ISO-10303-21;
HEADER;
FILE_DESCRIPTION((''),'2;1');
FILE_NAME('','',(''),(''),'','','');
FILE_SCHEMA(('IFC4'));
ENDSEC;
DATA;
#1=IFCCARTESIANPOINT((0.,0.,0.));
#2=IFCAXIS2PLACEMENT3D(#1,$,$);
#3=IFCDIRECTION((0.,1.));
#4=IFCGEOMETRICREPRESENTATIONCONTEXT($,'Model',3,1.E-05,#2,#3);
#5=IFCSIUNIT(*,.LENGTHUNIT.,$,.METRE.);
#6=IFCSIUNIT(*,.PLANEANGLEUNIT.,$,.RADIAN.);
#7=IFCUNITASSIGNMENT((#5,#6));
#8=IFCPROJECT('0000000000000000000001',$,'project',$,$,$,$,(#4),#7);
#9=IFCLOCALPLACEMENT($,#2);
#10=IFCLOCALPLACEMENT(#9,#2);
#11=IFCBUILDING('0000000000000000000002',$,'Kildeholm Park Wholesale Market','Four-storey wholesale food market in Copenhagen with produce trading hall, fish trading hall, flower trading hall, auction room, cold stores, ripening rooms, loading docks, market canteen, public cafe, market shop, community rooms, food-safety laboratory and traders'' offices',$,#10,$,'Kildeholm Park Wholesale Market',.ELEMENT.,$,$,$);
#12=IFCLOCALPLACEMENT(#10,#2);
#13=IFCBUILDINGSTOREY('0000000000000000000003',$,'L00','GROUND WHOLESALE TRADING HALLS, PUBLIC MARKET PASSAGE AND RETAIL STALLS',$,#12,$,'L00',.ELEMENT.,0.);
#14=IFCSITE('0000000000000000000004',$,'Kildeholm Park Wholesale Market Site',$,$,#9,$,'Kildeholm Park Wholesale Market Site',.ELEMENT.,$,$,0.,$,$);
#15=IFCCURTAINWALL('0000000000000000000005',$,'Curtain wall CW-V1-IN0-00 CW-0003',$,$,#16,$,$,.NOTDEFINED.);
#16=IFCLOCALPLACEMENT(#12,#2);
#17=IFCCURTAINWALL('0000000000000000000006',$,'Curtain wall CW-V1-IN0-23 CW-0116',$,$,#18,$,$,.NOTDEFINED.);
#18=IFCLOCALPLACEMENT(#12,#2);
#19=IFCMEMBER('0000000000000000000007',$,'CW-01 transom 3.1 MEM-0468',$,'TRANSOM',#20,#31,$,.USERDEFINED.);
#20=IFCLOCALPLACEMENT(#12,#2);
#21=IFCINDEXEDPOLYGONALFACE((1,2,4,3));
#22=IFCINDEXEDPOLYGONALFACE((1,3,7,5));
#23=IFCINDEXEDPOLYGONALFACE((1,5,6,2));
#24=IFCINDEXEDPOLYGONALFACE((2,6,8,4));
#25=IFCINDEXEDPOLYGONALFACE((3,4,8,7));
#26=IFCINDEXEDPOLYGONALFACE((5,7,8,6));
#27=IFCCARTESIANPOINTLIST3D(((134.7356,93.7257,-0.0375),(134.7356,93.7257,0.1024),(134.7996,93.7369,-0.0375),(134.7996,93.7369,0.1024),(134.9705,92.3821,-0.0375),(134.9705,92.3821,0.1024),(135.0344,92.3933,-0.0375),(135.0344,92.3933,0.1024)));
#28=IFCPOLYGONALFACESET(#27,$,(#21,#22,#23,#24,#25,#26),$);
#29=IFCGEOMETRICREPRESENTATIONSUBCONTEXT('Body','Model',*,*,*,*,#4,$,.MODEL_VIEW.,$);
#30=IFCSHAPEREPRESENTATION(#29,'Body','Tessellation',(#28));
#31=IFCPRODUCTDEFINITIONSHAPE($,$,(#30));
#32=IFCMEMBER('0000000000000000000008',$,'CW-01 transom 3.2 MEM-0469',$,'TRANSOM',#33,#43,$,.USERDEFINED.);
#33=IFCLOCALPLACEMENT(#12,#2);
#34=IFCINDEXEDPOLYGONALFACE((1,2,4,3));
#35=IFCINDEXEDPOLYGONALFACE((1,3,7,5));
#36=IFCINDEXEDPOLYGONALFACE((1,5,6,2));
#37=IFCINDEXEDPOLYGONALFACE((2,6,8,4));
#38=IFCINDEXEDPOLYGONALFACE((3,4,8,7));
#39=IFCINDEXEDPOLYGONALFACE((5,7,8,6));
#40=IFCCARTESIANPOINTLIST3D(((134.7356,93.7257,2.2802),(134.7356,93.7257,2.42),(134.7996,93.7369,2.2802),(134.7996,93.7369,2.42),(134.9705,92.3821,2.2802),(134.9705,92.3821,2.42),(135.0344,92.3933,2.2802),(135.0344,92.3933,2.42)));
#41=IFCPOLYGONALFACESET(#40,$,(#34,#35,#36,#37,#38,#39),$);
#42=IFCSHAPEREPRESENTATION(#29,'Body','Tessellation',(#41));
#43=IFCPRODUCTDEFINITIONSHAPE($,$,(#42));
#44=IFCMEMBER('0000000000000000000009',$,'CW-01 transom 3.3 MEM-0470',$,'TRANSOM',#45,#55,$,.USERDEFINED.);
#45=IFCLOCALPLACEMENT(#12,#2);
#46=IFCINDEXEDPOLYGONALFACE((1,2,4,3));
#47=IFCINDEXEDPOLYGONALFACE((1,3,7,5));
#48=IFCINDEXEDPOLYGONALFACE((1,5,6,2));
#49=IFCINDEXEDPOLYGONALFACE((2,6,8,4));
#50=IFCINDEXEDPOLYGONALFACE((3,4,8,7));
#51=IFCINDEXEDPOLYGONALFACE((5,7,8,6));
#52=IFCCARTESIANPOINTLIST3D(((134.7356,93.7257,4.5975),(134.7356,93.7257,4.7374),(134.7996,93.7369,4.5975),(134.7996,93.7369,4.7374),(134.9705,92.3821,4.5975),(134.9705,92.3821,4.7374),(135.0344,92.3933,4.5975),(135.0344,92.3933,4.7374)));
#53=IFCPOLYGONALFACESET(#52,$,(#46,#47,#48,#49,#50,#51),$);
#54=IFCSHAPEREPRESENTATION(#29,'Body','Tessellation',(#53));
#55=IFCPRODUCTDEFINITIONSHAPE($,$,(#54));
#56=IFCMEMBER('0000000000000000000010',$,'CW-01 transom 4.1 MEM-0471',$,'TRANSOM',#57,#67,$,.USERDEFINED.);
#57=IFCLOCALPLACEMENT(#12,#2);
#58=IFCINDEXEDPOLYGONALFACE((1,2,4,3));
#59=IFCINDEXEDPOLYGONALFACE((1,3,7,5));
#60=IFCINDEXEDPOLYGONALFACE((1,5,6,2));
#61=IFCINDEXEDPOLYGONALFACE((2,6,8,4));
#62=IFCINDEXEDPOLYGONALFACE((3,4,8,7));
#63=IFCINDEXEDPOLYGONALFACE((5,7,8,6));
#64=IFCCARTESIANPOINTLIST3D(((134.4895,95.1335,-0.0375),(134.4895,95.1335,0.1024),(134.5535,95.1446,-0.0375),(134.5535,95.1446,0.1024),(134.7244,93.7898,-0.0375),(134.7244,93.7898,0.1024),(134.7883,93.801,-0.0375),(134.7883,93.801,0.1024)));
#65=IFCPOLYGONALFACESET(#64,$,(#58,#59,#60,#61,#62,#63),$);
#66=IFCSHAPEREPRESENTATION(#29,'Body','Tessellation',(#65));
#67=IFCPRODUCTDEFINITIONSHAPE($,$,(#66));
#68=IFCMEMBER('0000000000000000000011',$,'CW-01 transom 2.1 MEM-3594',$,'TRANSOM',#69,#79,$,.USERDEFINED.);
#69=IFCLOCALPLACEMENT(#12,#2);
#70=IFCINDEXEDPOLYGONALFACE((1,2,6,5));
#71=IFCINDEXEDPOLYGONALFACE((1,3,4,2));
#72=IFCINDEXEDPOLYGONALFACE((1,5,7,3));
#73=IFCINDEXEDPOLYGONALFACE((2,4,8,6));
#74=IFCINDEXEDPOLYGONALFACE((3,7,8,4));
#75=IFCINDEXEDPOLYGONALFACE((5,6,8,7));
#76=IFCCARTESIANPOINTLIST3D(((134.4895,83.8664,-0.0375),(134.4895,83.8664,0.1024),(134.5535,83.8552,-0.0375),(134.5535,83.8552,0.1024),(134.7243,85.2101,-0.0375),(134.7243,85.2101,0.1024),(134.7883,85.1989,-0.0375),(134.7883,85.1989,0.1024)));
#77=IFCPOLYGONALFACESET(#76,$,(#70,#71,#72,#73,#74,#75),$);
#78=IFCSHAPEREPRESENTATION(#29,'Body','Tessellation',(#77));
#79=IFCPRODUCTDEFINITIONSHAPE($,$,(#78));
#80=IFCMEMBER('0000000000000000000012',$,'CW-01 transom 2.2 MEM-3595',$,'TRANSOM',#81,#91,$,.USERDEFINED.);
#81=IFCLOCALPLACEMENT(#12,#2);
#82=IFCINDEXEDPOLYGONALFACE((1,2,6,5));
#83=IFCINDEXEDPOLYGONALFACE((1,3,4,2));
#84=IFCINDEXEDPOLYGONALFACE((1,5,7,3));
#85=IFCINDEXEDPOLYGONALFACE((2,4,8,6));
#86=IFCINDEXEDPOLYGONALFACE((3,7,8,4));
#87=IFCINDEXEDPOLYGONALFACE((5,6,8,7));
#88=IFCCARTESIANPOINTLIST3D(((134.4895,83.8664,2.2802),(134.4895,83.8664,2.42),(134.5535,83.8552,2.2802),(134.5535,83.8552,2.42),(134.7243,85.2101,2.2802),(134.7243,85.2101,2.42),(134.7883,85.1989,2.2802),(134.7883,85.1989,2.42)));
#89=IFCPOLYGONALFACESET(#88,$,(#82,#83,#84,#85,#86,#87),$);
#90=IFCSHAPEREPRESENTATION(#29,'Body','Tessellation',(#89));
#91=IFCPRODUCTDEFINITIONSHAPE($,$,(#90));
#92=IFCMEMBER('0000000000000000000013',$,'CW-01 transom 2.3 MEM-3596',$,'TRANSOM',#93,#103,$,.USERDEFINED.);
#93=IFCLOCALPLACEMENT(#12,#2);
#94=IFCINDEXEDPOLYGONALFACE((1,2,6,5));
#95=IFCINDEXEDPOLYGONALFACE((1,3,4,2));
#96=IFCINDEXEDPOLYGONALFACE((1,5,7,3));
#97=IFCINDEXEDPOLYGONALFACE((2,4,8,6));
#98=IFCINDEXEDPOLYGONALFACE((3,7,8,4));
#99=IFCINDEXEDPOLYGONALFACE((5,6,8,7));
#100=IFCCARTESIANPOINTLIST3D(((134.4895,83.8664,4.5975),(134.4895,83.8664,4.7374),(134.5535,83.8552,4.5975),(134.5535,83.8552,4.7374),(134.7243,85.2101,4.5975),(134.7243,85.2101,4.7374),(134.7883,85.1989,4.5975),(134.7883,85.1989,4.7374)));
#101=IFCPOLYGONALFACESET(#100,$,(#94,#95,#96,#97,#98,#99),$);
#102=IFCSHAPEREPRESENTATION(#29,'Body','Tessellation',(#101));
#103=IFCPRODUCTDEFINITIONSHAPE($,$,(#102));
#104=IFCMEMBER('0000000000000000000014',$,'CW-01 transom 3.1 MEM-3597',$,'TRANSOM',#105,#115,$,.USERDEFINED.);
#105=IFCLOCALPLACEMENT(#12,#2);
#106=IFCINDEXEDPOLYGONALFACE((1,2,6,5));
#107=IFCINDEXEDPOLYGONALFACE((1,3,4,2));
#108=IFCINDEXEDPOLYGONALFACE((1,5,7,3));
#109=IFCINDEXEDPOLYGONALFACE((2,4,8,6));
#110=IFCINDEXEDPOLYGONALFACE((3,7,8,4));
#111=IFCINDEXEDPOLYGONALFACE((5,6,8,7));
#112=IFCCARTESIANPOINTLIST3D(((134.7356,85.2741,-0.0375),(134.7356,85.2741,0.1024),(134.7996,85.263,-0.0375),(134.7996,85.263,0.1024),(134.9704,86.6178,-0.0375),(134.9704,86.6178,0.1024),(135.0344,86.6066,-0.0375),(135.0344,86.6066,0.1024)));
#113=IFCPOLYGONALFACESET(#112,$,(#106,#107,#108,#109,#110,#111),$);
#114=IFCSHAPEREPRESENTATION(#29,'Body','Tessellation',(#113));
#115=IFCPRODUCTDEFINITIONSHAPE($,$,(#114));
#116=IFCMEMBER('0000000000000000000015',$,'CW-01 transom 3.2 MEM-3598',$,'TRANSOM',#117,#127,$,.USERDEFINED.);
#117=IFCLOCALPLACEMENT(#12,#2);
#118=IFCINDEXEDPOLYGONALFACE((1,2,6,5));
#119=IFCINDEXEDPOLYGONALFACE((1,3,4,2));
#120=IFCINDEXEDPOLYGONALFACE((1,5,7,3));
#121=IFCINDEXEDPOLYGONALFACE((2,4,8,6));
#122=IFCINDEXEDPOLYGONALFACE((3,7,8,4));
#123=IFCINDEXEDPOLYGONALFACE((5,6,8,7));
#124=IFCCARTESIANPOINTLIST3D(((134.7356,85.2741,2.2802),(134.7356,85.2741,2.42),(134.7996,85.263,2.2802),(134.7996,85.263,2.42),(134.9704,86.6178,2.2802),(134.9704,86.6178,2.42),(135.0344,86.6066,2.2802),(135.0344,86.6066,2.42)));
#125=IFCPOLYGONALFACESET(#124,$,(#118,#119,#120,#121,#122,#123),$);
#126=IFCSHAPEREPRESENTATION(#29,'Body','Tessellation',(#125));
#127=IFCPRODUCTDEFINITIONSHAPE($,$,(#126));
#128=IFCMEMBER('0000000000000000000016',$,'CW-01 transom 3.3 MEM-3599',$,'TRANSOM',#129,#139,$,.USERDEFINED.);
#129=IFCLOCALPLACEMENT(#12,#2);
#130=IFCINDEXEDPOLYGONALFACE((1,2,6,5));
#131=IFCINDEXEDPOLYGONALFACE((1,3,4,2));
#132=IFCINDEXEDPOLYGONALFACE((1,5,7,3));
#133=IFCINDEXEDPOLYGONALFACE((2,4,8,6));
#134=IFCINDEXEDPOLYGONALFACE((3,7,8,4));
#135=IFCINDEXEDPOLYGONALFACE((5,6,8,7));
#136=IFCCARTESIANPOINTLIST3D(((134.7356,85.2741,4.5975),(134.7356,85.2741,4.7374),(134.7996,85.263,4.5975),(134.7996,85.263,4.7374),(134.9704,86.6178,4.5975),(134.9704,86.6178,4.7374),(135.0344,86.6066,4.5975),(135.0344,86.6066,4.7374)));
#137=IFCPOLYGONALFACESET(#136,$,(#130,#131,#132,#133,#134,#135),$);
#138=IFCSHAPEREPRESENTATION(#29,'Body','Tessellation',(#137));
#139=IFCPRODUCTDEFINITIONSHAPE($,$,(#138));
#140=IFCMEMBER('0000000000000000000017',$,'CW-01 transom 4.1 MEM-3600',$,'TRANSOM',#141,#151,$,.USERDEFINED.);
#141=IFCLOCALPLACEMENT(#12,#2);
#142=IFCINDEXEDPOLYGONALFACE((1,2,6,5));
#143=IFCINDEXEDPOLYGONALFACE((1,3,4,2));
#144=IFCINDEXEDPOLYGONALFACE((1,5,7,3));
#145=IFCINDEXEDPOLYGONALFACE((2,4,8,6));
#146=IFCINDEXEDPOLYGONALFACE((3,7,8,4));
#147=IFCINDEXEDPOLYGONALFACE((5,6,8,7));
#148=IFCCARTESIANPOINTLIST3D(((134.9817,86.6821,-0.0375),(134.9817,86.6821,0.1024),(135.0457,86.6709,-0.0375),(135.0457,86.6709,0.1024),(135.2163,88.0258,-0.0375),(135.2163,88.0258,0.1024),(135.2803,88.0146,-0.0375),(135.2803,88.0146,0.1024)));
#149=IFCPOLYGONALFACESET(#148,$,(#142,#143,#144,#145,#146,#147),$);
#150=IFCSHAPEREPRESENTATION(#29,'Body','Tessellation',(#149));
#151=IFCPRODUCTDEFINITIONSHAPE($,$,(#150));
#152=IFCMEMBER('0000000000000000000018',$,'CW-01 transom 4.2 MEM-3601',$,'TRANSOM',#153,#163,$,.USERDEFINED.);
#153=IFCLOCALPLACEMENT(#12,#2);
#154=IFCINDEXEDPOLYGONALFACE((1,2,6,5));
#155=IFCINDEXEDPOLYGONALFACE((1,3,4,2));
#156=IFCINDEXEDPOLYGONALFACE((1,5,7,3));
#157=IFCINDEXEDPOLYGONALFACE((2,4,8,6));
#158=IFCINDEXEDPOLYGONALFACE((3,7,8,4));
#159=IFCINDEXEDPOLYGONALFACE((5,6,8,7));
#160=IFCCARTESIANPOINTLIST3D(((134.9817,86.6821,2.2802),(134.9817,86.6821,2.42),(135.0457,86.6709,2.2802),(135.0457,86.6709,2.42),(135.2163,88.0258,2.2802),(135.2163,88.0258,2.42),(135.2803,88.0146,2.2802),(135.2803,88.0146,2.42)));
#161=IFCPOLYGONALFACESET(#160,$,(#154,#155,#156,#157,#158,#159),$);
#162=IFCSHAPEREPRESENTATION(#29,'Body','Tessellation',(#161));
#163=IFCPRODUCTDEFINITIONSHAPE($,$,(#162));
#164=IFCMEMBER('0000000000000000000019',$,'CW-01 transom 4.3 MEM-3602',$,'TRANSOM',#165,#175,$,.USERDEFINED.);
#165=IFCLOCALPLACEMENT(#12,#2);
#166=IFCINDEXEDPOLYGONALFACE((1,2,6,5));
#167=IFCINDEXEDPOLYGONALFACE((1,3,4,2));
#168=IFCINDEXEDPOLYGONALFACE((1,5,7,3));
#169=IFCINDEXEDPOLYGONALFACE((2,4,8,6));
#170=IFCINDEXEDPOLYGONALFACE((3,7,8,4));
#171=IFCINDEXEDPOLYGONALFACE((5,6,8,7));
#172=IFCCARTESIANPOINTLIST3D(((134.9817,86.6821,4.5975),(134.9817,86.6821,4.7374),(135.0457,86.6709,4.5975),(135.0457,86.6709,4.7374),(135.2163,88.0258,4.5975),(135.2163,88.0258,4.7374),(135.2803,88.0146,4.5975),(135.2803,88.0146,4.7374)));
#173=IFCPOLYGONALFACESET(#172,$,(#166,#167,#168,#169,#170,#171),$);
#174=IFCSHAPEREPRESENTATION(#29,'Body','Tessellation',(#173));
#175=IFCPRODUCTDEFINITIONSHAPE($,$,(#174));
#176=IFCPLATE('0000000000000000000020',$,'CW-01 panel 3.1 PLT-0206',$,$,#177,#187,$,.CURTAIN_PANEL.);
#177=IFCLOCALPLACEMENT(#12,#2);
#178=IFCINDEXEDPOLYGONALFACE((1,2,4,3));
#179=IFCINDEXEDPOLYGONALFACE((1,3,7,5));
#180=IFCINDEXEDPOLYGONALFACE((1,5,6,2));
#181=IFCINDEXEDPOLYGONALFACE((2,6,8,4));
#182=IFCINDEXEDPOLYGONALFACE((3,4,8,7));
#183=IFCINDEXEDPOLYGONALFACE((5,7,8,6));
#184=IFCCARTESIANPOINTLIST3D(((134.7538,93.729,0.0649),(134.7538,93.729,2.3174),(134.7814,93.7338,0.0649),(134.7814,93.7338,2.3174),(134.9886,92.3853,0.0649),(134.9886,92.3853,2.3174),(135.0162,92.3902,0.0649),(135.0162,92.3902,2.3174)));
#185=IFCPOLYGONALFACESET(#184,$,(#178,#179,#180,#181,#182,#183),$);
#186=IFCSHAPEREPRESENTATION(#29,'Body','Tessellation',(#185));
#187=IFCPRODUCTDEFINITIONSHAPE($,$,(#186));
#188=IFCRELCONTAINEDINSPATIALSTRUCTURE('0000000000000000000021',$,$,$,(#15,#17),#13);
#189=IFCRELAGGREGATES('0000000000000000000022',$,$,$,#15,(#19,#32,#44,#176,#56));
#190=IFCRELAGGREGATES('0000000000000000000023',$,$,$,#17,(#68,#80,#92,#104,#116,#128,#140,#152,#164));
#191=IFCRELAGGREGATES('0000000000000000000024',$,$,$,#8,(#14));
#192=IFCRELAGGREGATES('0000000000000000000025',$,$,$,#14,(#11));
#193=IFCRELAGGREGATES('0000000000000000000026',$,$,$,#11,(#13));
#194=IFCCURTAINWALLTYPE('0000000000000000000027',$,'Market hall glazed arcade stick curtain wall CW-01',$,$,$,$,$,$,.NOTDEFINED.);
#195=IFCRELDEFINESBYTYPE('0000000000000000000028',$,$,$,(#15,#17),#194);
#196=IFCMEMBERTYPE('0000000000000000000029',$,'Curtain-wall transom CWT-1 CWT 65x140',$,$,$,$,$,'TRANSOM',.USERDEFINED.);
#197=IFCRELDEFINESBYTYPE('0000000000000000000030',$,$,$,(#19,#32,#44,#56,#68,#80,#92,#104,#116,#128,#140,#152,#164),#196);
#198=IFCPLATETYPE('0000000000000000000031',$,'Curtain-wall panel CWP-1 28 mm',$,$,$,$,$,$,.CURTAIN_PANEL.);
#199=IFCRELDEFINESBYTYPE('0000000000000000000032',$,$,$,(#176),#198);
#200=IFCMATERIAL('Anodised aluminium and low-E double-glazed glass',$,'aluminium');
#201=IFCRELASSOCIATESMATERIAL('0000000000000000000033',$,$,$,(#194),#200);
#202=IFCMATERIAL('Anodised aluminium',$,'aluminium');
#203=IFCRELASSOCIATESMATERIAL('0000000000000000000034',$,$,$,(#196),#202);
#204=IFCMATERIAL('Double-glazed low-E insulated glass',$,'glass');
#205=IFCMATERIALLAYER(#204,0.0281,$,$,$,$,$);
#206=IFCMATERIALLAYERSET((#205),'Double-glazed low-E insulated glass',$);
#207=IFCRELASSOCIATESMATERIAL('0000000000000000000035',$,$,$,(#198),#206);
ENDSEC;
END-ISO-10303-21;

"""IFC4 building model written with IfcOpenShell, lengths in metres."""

from ifc_helpers import new_model, si_unit, direction, frame, origin, origin_2d, place, context, subcontext, project, spatial, rectangle, extrude, material, layer, layer_set, material_profile, profile_set, type_object, element, aggregate, save


model = new_model("IFC4")

# Units and contexts
model_context = context("Model", 3, precision=1e-05, world=origin(), true_north=direction((0.0, 1.0)))
body_context = subcontext(model_context, "Body", "Model", "MODEL_VIEW")
ifc_project = project(units=[si_unit("LENGTHUNIT", "METRE"), si_unit("PLANEANGLEUNIT", "RADIAN")], contexts=[model_context])

# Site, building, storey
site_placement = place(None, origin())
site = spatial("IfcSite", under=ifc_project, at=site_placement, Name="Kildeholm Park Wholesale Market Site", LongName="Kildeholm Park Wholesale Market Site", CompositionType="ELEMENT", RefElevation=0.0)
building_placement = place(site_placement, origin())
building = spatial("IfcBuilding", under=site, at=building_placement, Name="Kildeholm Park Wholesale Market", Description="Four-storey wholesale food market in Copenhagen with produce trading hall, fish trading hall, flower trading hall, auction room, cold stores, ripening rooms, loading docks, market canteen, public cafe, market shop, community rooms, food-safety laboratory and traders' offices", LongName="Kildeholm Park Wholesale Market", CompositionType="ELEMENT")
storey_placement = place(building_placement, origin())
storey = spatial("IfcBuildingStorey", under=building, at=storey_placement, Name="L00", Description="GROUND WHOLESALE TRADING HALLS, PUBLIC MARKET PASSAGE AND RETAIL STALLS", LongName="L00", CompositionType="ELEMENT", Elevation=0.0)

# Curtain walls
ifc_material_1 = material(Name="Anodised aluminium and low-E double-glazed glass", Category="aluminium")
curtain_wall_type = type_object("IfcCurtainWallType", Name="Market hall glazed arcade stick curtain wall CW-01", PredefinedType="NOTDEFINED", material=ifc_material_1)
curtain_wall_1_placement = place(storey_placement, origin())
curtain_wall_1 = element("IfcCurtainWall", 1, at=curtain_wall_1_placement, inside=storey, type_object=curtain_wall_type, Name="Curtain wall CW-V1-IN0-00 CW-0003", PredefinedType="NOTDEFINED")
ifc_material_2 = material(Name="Anodised aluminium", Category="aluminium")
curtain_wall_2_placement = place(storey_placement, origin())
curtain_wall_2 = element("IfcCurtainWall", 2, at=curtain_wall_2_placement, inside=storey, type_object=curtain_wall_type, Name="Curtain wall CW-V1-IN0-23 CW-0116", PredefinedType="NOTDEFINED")

# Members
ifc_material_profile_1 = material_profile(ifc_material_2, rectangle(XDim=0.0649, YDim=0.1399, at=origin_2d()), Name="CWT 65x140")
ifc_profile_set_1 = profile_set([ifc_material_profile_1], Name="Anodised aluminium")
member_type_1 = type_object("IfcMemberType", Name="Curtain-wall transom CWT-1 CWT 65x140", ElementType="TRANSOM", PredefinedType="USERDEFINED", material=ifc_profile_set_1)
member_1_placement = place(storey_placement, frame((135.0024, 92.3877, 0.0325), z_axis=(-0.172172, 0.985067, 0.0), x_axis=(-0.985067, -0.172172, 0.0)))
member_1 = element("IfcMember", 3, at=member_1_placement, type_object=member_type_1, Name="CW-01 transom 3.1 MEM-0468", ObjectType="TRANSOM", PredefinedType="USERDEFINED", context=body_context, shape_type="SweptSolid", body=[
    extrude(rectangle(XDim=0.0649, YDim=0.1399, at=origin_2d()), origin(), (0.0, 0.0, 1.0), 1.364),
])
member_2_placement = place(storey_placement, frame((135.0024, 92.3877, 2.3501), z_axis=(-0.172172, 0.985067, 0.0), x_axis=(-0.985067, -0.172172, 0.0)))
member_2 = element("IfcMember", 4, at=member_2_placement, type_object=member_type_1, Name="CW-01 transom 3.2 MEM-0469", ObjectType="TRANSOM", PredefinedType="USERDEFINED", context=body_context, shape_type="SweptSolid", body=[
    extrude(rectangle(XDim=0.0649, YDim=0.1399, at=origin_2d()), origin(), (0.0, 0.0, 1.0), 1.364),
])
member_3_placement = place(storey_placement, frame((135.0024, 92.3877, 4.6675), z_axis=(-0.172172, 0.985067, 0.0), x_axis=(-0.985067, -0.172172, 0.0)))
member_3 = element("IfcMember", 5, at=member_3_placement, type_object=member_type_1, Name="CW-01 transom 3.3 MEM-0470", ObjectType="TRANSOM", PredefinedType="USERDEFINED", context=body_context, shape_type="SweptSolid", body=[
    extrude(rectangle(XDim=0.0649, YDim=0.1399, at=origin_2d()), origin(), (0.0, 0.0, 1.0), 1.364),
])
member_4_placement = place(storey_placement, frame((134.7563, 93.7954, 0.0325), z_axis=(-0.172172, 0.985067, 0.0), x_axis=(-0.985067, -0.172172, 0.0)))
member_4 = element("IfcMember", 6, at=member_4_placement, type_object=member_type_1, Name="CW-01 transom 4.1 MEM-0471", ObjectType="TRANSOM", PredefinedType="USERDEFINED", context=body_context, shape_type="SweptSolid", body=[
    extrude(rectangle(XDim=0.0649, YDim=0.1399, at=origin_2d()), origin(), (0.0, 0.0, 1.0), 1.364),
])
member_5_placement = place(storey_placement, frame((134.5215, 83.8608, 0.0325), z_axis=(0.172172, 0.985067, 0.0), x_axis=(-0.985067, 0.172172, 0.0)))
member_5 = element("IfcMember", 7, at=member_5_placement, type_object=member_type_1, Name="CW-01 transom 2.1 MEM-3594", ObjectType="TRANSOM", PredefinedType="USERDEFINED", context=body_context, shape_type="SweptSolid", body=[
    extrude(rectangle(XDim=0.0649, YDim=0.1399, at=origin_2d()), origin(), (0.0, 0.0, 1.0), 1.364),
])
member_6_placement = place(storey_placement, frame((134.5215, 83.8608, 2.3501), z_axis=(0.172172, 0.985067, 0.0), x_axis=(-0.985067, 0.172172, 0.0)))
member_6 = element("IfcMember", 8, at=member_6_placement, type_object=member_type_1, Name="CW-01 transom 2.2 MEM-3595", ObjectType="TRANSOM", PredefinedType="USERDEFINED", context=body_context, shape_type="SweptSolid", body=[
    extrude(rectangle(XDim=0.0649, YDim=0.1399, at=origin_2d()), origin(), (0.0, 0.0, 1.0), 1.364),
])
member_7_placement = place(storey_placement, frame((134.5215, 83.8608, 4.6675), z_axis=(0.172172, 0.985067, 0.0), x_axis=(-0.985067, 0.172172, 0.0)))
member_7 = element("IfcMember", 9, at=member_7_placement, type_object=member_type_1, Name="CW-01 transom 2.3 MEM-3596", ObjectType="TRANSOM", PredefinedType="USERDEFINED", context=body_context, shape_type="SweptSolid", body=[
    extrude(rectangle(XDim=0.0649, YDim=0.1399, at=origin_2d()), origin(), (0.0, 0.0, 1.0), 1.364),
])
member_8_placement = place(storey_placement, frame((134.7676, 85.2686, 0.0325), z_axis=(0.172172, 0.985067, 0.0), x_axis=(-0.985067, 0.172172, 0.0)))
member_8 = element("IfcMember", 10, at=member_8_placement, type_object=member_type_1, Name="CW-01 transom 3.1 MEM-3597", ObjectType="TRANSOM", PredefinedType="USERDEFINED", context=body_context, shape_type="SweptSolid", body=[
    extrude(rectangle(XDim=0.0649, YDim=0.1399, at=origin_2d()), origin(), (0.0, 0.0, 1.0), 1.364),
])
member_9_placement = place(storey_placement, frame((134.7676, 85.2686, 2.3501), z_axis=(0.172172, 0.985067, 0.0), x_axis=(-0.985067, 0.172172, 0.0)))
member_9 = element("IfcMember", 11, at=member_9_placement, type_object=member_type_1, Name="CW-01 transom 3.2 MEM-3598", ObjectType="TRANSOM", PredefinedType="USERDEFINED", context=body_context, shape_type="SweptSolid", body=[
    extrude(rectangle(XDim=0.0649, YDim=0.1399, at=origin_2d()), origin(), (0.0, 0.0, 1.0), 1.364),
])
member_10_placement = place(storey_placement, frame((134.7676, 85.2686, 4.6675), z_axis=(0.172172, 0.985067, 0.0), x_axis=(-0.985067, 0.172172, 0.0)))
member_10 = element("IfcMember", 12, at=member_10_placement, type_object=member_type_1, Name="CW-01 transom 3.3 MEM-3599", ObjectType="TRANSOM", PredefinedType="USERDEFINED", context=body_context, shape_type="SweptSolid", body=[
    extrude(rectangle(XDim=0.0649, YDim=0.1399, at=origin_2d()), origin(), (0.0, 0.0, 1.0), 1.364),
])
member_11_placement = place(storey_placement, frame((135.0137, 86.6765, 0.0325), z_axis=(0.171998, 0.985097, 0.0), x_axis=(-0.985097, 0.171998, 0.0)))
member_11 = element("IfcMember", 13, at=member_11_placement, type_object=member_type_1, Name="CW-01 transom 4.1 MEM-3600", ObjectType="TRANSOM", PredefinedType="USERDEFINED", context=body_context, shape_type="SweptSolid", body=[
    extrude(rectangle(XDim=0.0649, YDim=0.1399, at=origin_2d()), origin(), (0.0, 0.0, 1.0), 1.364),
])
member_12_placement = place(storey_placement, frame((135.0137, 86.6765, 2.3501), z_axis=(0.171998, 0.985097, 0.0), x_axis=(-0.985097, 0.171998, 0.0)))
member_12 = element("IfcMember", 14, at=member_12_placement, type_object=member_type_1, Name="CW-01 transom 4.2 MEM-3601", ObjectType="TRANSOM", PredefinedType="USERDEFINED", context=body_context, shape_type="SweptSolid", body=[
    extrude(rectangle(XDim=0.0649, YDim=0.1399, at=origin_2d()), origin(), (0.0, 0.0, 1.0), 1.364),
])
member_13_placement = place(storey_placement, frame((135.0137, 86.6765, 4.6675), z_axis=(0.171998, 0.985097, 0.0), x_axis=(-0.985097, 0.171998, 0.0)))
member_13 = element("IfcMember", 15, at=member_13_placement, type_object=member_type_1, Name="CW-01 transom 4.3 MEM-3602", ObjectType="TRANSOM", PredefinedType="USERDEFINED", context=body_context, shape_type="SweptSolid", body=[
    extrude(rectangle(XDim=0.0649, YDim=0.1399, at=origin_2d()), origin(), (0.0, 0.0, 1.0), 1.364),
])

# Plate
ifc_material_3 = material(Name="Double-glazed low-E insulated glass", Category="glass")
ifc_layer = layer(ifc_material_3, 0.0281)
ifc_layer_set = layer_set([ifc_layer], Name="Double-glazed low-E insulated glass")
plate_type = type_object("IfcPlateType", Name="Curtain-wall panel CWP-1 28 mm", PredefinedType="CURTAIN_PANEL", material=ifc_layer_set)
plate_1_placement = place(storey_placement, frame((134.885, 93.0596, 0.0649), z_axis=(0.0, 0.0, 1.0), x_axis=(-0.172133, 0.985074, 0.0)))
plate_1 = element("IfcPlate", 16, at=plate_1_placement, type_object=plate_type, Name="CW-01 panel 3.1 PLT-0206", PredefinedType="CURTAIN_PANEL", context=body_context, shape_type="SweptSolid", body=[
    extrude(rectangle(XDim=1.364, YDim=0.0281, at=origin_2d()), origin(), (0.0, 0.0, 1.0), 2.2524),
])
aggregate(curtain_wall_1, [member_1, member_2, member_3, plate_1, member_4])
aggregate(curtain_wall_2, [member_5, member_6, member_7, member_8, member_9, member_10, member_11, member_12, member_13])

save(model, "model.ifc")
